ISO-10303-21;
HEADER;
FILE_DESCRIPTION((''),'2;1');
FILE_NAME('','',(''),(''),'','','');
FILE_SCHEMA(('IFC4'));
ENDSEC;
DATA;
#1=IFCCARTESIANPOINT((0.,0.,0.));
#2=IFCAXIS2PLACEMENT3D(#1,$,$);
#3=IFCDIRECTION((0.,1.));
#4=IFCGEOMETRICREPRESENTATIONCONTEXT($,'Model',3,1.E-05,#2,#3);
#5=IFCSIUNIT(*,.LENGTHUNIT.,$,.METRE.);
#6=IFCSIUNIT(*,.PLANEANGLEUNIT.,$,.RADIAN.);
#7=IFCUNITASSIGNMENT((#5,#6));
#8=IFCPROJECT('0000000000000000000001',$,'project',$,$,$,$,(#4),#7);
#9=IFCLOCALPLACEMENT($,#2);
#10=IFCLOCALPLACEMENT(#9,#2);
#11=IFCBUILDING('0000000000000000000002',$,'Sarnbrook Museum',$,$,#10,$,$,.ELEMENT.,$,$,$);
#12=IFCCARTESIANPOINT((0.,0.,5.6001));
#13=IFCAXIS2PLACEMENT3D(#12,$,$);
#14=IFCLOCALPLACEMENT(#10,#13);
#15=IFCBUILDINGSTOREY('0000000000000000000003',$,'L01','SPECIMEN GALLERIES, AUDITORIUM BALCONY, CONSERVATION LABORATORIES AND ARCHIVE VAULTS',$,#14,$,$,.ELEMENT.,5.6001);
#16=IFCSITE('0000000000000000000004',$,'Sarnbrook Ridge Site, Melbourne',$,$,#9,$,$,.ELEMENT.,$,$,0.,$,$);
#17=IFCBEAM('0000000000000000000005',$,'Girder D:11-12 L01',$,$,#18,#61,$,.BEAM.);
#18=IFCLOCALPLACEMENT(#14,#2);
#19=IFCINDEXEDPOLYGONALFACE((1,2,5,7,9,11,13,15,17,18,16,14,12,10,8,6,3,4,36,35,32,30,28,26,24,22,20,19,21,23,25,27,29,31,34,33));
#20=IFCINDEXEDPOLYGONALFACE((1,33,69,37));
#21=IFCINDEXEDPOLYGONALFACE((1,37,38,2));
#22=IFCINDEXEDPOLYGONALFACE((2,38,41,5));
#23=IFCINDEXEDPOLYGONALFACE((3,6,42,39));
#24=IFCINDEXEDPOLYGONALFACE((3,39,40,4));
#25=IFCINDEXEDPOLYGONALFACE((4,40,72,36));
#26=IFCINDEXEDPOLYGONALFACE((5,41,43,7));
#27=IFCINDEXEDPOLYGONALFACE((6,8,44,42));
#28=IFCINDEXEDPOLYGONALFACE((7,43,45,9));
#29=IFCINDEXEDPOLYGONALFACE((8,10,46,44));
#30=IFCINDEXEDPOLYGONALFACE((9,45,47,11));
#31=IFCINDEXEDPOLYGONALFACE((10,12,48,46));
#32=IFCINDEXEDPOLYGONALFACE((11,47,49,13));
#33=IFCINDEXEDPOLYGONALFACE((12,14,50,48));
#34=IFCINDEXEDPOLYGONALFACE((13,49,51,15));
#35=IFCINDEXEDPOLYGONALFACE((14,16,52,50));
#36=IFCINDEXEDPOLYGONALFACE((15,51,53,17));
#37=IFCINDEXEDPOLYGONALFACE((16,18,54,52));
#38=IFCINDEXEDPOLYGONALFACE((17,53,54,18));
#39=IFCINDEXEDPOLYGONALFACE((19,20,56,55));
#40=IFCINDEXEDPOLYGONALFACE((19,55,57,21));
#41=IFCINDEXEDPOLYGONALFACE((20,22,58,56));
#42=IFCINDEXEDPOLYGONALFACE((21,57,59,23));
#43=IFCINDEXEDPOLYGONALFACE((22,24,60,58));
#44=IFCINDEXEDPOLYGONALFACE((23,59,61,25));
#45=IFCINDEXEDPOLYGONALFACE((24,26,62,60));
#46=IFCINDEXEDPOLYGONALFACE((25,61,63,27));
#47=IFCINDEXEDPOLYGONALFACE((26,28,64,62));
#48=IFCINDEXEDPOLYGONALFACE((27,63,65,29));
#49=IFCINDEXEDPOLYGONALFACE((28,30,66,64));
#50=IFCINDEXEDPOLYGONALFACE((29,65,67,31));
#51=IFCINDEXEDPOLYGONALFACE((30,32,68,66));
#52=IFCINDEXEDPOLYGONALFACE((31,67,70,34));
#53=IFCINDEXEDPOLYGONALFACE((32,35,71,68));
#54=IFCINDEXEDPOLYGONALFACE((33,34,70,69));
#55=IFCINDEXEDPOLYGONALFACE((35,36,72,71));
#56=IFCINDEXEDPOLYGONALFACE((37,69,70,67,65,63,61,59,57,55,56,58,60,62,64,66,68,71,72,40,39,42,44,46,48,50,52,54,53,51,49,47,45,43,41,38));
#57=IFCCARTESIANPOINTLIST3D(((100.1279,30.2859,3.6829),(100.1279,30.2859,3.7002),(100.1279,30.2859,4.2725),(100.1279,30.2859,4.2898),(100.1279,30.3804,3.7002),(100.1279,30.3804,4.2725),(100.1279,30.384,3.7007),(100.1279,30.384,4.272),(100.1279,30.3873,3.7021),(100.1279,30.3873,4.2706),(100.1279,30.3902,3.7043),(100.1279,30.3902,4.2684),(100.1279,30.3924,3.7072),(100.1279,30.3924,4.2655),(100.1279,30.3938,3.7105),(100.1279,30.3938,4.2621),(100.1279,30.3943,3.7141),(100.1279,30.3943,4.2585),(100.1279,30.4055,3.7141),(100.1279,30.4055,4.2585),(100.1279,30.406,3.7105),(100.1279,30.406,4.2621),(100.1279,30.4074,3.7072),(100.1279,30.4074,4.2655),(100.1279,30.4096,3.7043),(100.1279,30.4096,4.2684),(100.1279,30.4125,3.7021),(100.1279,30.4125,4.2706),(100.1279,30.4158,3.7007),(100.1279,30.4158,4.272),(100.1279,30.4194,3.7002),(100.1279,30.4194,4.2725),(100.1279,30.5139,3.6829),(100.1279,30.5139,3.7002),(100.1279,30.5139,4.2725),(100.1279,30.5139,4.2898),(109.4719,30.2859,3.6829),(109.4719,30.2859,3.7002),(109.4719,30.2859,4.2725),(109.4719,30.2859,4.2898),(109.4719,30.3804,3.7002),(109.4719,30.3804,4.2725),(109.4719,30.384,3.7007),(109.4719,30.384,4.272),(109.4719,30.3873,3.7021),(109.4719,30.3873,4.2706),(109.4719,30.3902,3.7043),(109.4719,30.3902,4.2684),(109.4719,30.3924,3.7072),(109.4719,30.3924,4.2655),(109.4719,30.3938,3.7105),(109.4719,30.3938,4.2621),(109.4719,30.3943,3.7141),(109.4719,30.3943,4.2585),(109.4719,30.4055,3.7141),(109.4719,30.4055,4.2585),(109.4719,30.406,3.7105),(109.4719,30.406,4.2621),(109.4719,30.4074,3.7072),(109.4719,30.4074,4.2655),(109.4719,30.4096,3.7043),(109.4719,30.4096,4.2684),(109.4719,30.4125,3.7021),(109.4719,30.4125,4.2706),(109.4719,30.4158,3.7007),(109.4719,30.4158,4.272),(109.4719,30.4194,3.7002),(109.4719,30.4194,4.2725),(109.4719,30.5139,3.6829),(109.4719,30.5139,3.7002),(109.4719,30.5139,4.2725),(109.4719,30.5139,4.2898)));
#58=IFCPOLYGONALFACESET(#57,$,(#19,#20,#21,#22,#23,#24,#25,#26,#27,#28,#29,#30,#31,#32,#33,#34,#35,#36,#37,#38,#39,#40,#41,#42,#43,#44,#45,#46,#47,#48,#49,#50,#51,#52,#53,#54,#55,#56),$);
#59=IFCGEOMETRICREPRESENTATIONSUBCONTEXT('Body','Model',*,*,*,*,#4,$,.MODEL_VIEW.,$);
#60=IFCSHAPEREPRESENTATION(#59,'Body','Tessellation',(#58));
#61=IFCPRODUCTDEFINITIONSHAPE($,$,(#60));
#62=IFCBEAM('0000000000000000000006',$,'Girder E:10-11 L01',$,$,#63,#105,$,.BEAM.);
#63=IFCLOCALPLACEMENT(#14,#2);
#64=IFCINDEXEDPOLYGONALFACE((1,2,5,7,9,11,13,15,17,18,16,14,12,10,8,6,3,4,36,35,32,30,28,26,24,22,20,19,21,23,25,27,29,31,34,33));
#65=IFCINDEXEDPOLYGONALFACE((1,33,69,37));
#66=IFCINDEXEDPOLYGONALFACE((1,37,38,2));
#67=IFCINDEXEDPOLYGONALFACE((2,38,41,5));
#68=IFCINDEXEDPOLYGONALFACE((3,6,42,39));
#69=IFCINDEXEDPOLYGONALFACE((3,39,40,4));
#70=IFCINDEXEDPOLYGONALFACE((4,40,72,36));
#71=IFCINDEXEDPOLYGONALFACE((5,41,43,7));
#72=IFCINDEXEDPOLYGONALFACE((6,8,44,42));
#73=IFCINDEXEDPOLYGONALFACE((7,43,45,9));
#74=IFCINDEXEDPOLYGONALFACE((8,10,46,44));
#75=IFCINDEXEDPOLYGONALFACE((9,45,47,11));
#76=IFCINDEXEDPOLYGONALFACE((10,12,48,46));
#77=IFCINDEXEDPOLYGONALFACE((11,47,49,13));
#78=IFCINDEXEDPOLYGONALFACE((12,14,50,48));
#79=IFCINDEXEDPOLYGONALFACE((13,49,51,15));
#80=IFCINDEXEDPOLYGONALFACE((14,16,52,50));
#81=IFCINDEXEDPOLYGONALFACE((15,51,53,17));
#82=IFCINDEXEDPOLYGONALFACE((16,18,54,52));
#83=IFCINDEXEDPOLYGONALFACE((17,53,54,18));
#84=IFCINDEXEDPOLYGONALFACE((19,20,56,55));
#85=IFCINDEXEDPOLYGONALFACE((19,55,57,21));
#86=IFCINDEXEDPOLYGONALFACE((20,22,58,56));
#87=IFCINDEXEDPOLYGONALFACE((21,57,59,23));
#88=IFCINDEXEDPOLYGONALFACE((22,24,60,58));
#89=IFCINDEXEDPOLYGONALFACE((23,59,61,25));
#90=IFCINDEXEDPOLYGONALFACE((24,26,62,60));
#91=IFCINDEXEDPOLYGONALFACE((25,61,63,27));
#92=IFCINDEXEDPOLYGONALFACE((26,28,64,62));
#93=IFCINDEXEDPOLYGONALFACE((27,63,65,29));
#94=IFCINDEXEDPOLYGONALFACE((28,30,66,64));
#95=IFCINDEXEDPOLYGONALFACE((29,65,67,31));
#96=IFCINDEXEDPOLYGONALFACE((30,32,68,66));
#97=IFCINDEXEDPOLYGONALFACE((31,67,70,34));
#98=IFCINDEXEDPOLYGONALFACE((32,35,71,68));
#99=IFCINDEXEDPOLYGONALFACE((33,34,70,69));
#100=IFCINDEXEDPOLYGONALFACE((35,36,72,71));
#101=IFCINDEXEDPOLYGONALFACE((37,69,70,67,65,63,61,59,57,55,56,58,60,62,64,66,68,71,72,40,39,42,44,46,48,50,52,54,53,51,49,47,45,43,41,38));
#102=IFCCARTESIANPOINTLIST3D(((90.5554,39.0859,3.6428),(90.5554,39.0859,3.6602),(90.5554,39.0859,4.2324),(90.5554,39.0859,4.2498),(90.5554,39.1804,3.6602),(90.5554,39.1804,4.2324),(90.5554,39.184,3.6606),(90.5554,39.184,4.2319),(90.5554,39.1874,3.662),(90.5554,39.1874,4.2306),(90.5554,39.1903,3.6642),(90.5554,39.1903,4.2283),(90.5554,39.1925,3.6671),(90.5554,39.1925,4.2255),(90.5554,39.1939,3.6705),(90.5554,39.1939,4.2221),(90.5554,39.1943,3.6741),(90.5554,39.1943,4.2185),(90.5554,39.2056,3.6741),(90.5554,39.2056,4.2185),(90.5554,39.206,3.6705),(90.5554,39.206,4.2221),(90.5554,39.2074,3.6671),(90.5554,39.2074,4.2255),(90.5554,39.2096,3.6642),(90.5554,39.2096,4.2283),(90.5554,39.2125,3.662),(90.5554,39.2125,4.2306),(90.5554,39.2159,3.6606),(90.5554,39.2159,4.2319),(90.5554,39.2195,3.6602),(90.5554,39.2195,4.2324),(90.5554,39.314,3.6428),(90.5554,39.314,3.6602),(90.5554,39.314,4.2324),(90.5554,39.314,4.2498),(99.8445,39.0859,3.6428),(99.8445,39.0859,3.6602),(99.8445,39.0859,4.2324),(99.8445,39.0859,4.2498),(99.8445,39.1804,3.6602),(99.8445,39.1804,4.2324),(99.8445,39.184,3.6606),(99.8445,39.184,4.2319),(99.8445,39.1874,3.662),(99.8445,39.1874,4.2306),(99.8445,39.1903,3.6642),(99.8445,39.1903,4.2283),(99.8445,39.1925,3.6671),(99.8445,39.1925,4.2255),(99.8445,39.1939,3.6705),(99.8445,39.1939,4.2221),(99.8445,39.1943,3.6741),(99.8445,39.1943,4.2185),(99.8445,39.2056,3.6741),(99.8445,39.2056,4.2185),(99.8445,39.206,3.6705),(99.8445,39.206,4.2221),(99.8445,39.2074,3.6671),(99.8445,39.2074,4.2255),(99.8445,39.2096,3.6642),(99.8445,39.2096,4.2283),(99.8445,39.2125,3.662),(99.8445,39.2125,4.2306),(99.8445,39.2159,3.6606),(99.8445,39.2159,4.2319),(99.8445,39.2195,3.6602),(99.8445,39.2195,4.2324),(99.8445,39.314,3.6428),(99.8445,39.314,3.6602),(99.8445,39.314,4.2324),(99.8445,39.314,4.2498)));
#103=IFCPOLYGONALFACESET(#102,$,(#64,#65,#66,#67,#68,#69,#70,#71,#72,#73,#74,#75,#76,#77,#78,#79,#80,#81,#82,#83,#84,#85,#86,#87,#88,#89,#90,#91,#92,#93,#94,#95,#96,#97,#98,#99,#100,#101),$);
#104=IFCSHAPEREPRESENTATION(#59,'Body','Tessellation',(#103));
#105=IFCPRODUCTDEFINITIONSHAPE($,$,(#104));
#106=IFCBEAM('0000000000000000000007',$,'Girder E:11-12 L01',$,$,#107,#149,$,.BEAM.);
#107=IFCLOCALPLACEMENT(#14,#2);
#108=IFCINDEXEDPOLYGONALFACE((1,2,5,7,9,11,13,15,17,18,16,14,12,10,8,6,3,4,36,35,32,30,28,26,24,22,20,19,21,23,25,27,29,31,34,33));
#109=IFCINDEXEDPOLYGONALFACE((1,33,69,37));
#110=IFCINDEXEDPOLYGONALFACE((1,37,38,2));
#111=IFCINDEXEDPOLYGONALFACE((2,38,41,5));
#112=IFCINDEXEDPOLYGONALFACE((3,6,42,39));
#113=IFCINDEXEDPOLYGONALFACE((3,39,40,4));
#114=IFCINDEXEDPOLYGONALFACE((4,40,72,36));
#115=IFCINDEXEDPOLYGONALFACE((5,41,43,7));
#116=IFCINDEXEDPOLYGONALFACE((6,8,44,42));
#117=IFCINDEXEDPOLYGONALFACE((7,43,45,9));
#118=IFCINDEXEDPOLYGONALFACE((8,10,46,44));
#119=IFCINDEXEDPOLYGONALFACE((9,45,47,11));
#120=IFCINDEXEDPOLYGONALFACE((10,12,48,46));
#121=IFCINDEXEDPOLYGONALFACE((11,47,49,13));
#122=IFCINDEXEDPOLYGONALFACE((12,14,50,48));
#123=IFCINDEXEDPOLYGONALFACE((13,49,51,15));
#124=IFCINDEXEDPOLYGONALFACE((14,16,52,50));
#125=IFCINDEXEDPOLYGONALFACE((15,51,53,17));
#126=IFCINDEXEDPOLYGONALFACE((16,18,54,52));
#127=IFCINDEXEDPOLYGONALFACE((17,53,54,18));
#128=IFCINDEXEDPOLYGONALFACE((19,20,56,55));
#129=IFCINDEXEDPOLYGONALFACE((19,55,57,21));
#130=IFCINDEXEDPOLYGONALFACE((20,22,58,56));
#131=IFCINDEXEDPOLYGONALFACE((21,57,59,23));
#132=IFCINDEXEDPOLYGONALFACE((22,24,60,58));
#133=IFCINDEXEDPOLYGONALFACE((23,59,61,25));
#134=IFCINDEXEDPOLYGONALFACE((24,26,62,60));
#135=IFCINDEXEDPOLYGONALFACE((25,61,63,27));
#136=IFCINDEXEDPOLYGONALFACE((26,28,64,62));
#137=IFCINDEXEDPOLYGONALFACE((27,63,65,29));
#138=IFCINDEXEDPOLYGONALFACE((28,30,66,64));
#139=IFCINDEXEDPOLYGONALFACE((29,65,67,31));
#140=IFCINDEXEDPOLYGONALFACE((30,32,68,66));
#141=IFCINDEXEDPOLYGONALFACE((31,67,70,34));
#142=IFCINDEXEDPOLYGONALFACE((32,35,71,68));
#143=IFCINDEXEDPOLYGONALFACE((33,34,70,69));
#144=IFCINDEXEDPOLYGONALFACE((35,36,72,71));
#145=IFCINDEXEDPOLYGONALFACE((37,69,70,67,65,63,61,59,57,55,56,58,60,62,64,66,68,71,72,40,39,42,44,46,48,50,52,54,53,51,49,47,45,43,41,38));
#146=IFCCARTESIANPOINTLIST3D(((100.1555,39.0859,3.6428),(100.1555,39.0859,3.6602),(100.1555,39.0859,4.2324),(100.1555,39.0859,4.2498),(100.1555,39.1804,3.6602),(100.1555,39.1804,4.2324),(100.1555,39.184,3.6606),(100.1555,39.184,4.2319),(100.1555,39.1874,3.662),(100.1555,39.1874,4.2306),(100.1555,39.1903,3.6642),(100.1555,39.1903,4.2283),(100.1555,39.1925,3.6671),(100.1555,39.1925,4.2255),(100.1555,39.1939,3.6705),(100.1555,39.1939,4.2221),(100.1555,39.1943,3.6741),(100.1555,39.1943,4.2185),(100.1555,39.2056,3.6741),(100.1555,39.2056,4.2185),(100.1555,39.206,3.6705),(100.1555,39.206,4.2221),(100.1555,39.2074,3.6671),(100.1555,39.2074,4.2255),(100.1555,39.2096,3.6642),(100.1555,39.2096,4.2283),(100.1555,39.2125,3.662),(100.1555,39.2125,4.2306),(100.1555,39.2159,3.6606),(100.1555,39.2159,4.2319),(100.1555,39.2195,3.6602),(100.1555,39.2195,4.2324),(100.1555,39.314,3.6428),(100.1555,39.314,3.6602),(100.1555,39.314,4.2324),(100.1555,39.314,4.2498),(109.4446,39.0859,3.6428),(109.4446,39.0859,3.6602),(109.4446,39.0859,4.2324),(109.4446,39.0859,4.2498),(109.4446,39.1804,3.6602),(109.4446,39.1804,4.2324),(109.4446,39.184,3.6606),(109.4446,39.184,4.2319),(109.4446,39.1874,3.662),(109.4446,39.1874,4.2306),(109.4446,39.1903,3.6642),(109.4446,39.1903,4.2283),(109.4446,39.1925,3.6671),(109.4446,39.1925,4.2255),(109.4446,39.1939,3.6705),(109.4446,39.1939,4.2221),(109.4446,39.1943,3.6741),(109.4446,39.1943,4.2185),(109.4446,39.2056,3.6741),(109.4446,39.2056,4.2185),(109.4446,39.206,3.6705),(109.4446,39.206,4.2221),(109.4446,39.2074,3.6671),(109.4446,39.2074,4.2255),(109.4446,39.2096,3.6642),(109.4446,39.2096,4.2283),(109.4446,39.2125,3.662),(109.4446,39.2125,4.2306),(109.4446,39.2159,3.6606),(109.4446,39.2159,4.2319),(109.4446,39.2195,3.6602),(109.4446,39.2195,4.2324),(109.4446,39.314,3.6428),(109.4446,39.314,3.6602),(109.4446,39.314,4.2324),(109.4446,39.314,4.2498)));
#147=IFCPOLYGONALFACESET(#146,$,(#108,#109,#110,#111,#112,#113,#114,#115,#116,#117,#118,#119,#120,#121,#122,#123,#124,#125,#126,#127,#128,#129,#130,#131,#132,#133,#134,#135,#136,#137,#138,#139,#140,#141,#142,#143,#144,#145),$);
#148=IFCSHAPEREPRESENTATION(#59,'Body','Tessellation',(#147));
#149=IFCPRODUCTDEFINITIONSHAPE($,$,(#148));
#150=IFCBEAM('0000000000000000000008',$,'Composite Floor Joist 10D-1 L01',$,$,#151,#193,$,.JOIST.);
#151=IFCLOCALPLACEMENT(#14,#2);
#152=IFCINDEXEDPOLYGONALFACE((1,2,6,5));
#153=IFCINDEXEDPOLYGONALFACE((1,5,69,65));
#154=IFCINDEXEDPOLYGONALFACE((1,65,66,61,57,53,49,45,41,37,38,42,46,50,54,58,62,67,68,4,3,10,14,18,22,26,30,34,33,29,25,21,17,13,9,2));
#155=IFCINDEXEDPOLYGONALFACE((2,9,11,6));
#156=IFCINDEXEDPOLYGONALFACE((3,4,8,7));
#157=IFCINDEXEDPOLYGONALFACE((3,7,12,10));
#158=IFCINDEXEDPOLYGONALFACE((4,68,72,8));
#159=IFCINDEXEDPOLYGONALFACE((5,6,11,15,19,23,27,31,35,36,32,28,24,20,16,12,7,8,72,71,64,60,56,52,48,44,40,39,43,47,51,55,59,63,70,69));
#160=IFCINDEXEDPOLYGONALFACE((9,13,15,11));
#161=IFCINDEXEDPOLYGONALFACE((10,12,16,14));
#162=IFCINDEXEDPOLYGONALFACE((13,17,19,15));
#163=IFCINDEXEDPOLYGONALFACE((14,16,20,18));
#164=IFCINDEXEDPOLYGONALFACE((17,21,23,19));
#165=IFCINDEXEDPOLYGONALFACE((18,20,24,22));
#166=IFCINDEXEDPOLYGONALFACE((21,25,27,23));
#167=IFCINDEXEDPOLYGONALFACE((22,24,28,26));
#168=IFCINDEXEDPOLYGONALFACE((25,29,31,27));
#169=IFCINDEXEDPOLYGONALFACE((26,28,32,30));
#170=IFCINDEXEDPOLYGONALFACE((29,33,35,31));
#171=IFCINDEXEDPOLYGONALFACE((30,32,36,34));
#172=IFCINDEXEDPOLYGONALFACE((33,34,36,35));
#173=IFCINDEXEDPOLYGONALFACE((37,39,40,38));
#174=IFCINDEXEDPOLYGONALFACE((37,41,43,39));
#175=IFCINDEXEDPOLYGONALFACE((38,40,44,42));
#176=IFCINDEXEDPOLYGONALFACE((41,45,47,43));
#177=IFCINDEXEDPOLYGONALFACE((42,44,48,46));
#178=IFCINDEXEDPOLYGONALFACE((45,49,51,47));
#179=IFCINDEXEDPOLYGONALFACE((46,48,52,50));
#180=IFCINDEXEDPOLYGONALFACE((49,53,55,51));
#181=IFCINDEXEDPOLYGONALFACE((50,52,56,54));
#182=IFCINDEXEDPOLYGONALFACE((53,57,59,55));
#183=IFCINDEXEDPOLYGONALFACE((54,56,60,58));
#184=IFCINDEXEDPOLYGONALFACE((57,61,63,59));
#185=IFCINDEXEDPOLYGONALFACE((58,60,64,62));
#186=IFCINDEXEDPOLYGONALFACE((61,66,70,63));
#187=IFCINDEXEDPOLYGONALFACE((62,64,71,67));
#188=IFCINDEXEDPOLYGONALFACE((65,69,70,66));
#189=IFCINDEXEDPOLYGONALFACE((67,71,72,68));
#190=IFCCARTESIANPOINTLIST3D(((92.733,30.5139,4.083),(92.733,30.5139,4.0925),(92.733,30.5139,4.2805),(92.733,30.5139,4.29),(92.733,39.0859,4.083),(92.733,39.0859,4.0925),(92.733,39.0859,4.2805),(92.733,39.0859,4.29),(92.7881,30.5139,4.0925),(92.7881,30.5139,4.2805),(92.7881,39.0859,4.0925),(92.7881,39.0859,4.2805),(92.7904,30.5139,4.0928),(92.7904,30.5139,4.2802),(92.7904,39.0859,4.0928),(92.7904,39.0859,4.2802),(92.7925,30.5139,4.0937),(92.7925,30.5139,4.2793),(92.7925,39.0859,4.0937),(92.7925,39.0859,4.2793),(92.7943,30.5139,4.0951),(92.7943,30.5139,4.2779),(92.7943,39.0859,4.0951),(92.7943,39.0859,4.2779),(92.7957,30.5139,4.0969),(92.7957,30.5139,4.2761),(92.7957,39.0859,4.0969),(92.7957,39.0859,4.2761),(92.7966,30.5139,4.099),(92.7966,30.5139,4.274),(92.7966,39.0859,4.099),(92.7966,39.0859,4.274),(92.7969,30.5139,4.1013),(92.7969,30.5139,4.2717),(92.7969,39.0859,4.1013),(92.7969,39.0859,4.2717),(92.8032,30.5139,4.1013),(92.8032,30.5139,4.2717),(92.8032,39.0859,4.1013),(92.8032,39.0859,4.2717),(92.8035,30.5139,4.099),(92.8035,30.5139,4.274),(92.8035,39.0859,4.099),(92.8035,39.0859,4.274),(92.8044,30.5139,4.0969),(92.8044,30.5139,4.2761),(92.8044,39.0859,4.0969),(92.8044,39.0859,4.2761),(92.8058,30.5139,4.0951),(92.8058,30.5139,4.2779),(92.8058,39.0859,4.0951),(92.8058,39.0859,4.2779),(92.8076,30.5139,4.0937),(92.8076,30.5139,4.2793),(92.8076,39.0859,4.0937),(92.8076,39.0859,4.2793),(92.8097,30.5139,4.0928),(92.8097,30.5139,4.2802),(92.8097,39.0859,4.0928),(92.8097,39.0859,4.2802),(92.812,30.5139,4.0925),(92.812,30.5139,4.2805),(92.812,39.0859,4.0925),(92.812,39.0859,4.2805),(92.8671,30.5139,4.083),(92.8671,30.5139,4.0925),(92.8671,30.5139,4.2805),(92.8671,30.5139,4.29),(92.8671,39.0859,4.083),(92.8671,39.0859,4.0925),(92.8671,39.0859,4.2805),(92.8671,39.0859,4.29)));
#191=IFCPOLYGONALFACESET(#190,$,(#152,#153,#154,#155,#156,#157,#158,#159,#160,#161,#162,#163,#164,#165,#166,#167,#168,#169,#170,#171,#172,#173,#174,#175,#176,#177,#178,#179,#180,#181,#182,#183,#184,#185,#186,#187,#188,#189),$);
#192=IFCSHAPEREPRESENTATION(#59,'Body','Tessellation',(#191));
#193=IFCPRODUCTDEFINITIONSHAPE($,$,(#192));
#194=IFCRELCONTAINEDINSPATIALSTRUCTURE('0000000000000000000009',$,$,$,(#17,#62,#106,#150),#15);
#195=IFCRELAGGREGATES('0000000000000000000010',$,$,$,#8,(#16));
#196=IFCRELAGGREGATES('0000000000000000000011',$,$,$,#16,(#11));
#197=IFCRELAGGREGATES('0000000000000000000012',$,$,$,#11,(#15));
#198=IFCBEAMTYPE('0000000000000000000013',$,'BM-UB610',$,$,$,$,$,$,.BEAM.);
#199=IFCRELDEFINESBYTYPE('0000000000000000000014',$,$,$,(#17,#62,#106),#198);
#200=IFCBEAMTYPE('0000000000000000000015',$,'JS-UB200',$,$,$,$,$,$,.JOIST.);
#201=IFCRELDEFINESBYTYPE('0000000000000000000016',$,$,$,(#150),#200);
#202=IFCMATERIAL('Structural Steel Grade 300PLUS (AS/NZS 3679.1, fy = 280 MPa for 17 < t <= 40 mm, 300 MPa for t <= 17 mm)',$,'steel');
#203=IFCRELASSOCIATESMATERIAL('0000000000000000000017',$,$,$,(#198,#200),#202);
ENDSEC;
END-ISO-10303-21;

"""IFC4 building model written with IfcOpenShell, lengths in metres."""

from ifc_helpers import new_model, si_unit, direction, frame, origin, origin_2d, place, context, subcontext, project, spatial, i_section, extrude, material, material_profile, profile_set, type_object, element, save


model = new_model("IFC4")

# Units and contexts
model_context = context("Model", 3, precision=1e-05, world=origin(), true_north=direction((0.0, 1.0)))
body_context = subcontext(model_context, "Body", "Model", "MODEL_VIEW")
ifc_project = project(units=[si_unit("LENGTHUNIT", "METRE"), si_unit("PLANEANGLEUNIT", "RADIAN")], contexts=[model_context])

# Site, building, storey
site_placement = place(None, origin())
site = spatial("IfcSite", under=ifc_project, at=site_placement, Name="Sarnbrook Ridge Site, Melbourne", CompositionType="ELEMENT", RefElevation=0.0)
building_placement = place(site_placement, origin())
building = spatial("IfcBuilding", under=site, at=building_placement, Name="Sarnbrook Museum", CompositionType="ELEMENT")
storey_placement = place(building_placement, frame((0.0, 0.0, 5.6001)))
storey = spatial("IfcBuildingStorey", under=building, at=storey_placement, Name="L01", Description="SPECIMEN GALLERIES, AUDITORIUM BALCONY, CONSERVATION LABORATORIES AND ARCHIVE VAULTS", CompositionType="ELEMENT", Elevation=5.6001)

# Shared definitions
ifc_material_1 = material(Name="Structural Steel Grade 300PLUS (AS/NZS 3679.1, fy = 280 MPa for 17 < t <= 40 mm, 300 MPa for t <= 17 mm)", Category="steel")

# Beams
ifc_material_profile_1 = material_profile(ifc_material_1, i_section(OverallWidth=0.228, OverallDepth=0.6069, WebThickness=0.0112, FlangeThickness=0.0173, FilletRadius=0.0139, at=origin_2d()), Name="610UB113")
ifc_profile_set_1 = profile_set([ifc_material_profile_1], Name="Structural Steel Grade 300PLUS (AS/NZS 3679.1, fy = 280 MPa for 17 < t <= 40 mm, 300 MPa for t <= 17 mm)")
beam_type_1 = type_object("IfcBeamType", Name="BM-UB610", PredefinedType="BEAM", material=ifc_profile_set_1)
for number, where, z_axis, x_axis, name in (
    (1, (100.1279, 30.3999, 3.9863), (1.0, 0.0, 0.0), (0.0, 1.0, 0.0), "Girder D:11-12 L01"),
):
    element("IfcBeam", number, at=place(storey_placement, frame(where, z_axis=z_axis, x_axis=x_axis)), inside=storey, type_object=beam_type_1, Name=name, PredefinedType="BEAM", context=body_context, shape_type="SweptSolid", body=[
        extrude(i_section(OverallWidth=0.228, OverallDepth=0.6069, WebThickness=0.0112, FlangeThickness=0.0173, FilletRadius=0.0139, at=origin_2d()), origin(), (0.0, 0.0, 1.0), 9.344),
    ])
for number, where, z_axis, x_axis, name in (
    (2, (90.5554, 39.2, 3.9463), (1.0, 0.0, 0.0), (0.0, 1.0, 0.0), "Girder E:10-11 L01"),
    (3, (100.1555, 39.2, 3.9463), (1.0, 0.0, 0.0), (0.0, 1.0, 0.0), "Girder E:11-12 L01"),
):
    element("IfcBeam", number, at=place(storey_placement, frame(where, z_axis=z_axis, x_axis=x_axis)), inside=storey, type_object=beam_type_1, Name=name, PredefinedType="BEAM", context=body_context, shape_type="SweptSolid", body=[
        extrude(i_section(OverallWidth=0.228, OverallDepth=0.6069, WebThickness=0.0112, FlangeThickness=0.0173, FilletRadius=0.0139, at=origin_2d()), origin(), (0.0, 0.0, 1.0), 9.2891),
    ])
ifc_material_profile_2 = material_profile(ifc_material_1, i_section(OverallWidth=0.134, OverallDepth=0.207, WebThickness=0.0063, FlangeThickness=0.0095, FilletRadius=0.0088, at=origin_2d()), Name="200UB29.8")
ifc_profile_set_2 = profile_set([ifc_material_profile_2], Name="Structural Steel Grade 300PLUS (AS/NZS 3679.1, fy = 280 MPa for 17 < t <= 40 mm, 300 MPa for t <= 17 mm)")
beam_type_2 = type_object("IfcBeamType", Name="JS-UB200", PredefinedType="JOIST", material=ifc_profile_set_2)
for number, where, z_axis, x_axis, name in (
    (4, (92.8, 30.5139, 4.1865), (0.0, 1.0, 0.0), (-1.0, 0.0, 0.0), "Composite Floor Joist 10D-1 L01"),
):
    element("IfcBeam", number, at=place(storey_placement, frame(where, z_axis=z_axis, x_axis=x_axis)), inside=storey, type_object=beam_type_2, Name=name, PredefinedType="JOIST", context=body_context, shape_type="SweptSolid", body=[
        extrude(i_section(OverallWidth=0.134, OverallDepth=0.207, WebThickness=0.0063, FlangeThickness=0.0095, FilletRadius=0.0088, at=origin_2d()), origin(), (0.0, 0.0, 1.0), 8.572),
    ])

save(model, "model.ifc")
